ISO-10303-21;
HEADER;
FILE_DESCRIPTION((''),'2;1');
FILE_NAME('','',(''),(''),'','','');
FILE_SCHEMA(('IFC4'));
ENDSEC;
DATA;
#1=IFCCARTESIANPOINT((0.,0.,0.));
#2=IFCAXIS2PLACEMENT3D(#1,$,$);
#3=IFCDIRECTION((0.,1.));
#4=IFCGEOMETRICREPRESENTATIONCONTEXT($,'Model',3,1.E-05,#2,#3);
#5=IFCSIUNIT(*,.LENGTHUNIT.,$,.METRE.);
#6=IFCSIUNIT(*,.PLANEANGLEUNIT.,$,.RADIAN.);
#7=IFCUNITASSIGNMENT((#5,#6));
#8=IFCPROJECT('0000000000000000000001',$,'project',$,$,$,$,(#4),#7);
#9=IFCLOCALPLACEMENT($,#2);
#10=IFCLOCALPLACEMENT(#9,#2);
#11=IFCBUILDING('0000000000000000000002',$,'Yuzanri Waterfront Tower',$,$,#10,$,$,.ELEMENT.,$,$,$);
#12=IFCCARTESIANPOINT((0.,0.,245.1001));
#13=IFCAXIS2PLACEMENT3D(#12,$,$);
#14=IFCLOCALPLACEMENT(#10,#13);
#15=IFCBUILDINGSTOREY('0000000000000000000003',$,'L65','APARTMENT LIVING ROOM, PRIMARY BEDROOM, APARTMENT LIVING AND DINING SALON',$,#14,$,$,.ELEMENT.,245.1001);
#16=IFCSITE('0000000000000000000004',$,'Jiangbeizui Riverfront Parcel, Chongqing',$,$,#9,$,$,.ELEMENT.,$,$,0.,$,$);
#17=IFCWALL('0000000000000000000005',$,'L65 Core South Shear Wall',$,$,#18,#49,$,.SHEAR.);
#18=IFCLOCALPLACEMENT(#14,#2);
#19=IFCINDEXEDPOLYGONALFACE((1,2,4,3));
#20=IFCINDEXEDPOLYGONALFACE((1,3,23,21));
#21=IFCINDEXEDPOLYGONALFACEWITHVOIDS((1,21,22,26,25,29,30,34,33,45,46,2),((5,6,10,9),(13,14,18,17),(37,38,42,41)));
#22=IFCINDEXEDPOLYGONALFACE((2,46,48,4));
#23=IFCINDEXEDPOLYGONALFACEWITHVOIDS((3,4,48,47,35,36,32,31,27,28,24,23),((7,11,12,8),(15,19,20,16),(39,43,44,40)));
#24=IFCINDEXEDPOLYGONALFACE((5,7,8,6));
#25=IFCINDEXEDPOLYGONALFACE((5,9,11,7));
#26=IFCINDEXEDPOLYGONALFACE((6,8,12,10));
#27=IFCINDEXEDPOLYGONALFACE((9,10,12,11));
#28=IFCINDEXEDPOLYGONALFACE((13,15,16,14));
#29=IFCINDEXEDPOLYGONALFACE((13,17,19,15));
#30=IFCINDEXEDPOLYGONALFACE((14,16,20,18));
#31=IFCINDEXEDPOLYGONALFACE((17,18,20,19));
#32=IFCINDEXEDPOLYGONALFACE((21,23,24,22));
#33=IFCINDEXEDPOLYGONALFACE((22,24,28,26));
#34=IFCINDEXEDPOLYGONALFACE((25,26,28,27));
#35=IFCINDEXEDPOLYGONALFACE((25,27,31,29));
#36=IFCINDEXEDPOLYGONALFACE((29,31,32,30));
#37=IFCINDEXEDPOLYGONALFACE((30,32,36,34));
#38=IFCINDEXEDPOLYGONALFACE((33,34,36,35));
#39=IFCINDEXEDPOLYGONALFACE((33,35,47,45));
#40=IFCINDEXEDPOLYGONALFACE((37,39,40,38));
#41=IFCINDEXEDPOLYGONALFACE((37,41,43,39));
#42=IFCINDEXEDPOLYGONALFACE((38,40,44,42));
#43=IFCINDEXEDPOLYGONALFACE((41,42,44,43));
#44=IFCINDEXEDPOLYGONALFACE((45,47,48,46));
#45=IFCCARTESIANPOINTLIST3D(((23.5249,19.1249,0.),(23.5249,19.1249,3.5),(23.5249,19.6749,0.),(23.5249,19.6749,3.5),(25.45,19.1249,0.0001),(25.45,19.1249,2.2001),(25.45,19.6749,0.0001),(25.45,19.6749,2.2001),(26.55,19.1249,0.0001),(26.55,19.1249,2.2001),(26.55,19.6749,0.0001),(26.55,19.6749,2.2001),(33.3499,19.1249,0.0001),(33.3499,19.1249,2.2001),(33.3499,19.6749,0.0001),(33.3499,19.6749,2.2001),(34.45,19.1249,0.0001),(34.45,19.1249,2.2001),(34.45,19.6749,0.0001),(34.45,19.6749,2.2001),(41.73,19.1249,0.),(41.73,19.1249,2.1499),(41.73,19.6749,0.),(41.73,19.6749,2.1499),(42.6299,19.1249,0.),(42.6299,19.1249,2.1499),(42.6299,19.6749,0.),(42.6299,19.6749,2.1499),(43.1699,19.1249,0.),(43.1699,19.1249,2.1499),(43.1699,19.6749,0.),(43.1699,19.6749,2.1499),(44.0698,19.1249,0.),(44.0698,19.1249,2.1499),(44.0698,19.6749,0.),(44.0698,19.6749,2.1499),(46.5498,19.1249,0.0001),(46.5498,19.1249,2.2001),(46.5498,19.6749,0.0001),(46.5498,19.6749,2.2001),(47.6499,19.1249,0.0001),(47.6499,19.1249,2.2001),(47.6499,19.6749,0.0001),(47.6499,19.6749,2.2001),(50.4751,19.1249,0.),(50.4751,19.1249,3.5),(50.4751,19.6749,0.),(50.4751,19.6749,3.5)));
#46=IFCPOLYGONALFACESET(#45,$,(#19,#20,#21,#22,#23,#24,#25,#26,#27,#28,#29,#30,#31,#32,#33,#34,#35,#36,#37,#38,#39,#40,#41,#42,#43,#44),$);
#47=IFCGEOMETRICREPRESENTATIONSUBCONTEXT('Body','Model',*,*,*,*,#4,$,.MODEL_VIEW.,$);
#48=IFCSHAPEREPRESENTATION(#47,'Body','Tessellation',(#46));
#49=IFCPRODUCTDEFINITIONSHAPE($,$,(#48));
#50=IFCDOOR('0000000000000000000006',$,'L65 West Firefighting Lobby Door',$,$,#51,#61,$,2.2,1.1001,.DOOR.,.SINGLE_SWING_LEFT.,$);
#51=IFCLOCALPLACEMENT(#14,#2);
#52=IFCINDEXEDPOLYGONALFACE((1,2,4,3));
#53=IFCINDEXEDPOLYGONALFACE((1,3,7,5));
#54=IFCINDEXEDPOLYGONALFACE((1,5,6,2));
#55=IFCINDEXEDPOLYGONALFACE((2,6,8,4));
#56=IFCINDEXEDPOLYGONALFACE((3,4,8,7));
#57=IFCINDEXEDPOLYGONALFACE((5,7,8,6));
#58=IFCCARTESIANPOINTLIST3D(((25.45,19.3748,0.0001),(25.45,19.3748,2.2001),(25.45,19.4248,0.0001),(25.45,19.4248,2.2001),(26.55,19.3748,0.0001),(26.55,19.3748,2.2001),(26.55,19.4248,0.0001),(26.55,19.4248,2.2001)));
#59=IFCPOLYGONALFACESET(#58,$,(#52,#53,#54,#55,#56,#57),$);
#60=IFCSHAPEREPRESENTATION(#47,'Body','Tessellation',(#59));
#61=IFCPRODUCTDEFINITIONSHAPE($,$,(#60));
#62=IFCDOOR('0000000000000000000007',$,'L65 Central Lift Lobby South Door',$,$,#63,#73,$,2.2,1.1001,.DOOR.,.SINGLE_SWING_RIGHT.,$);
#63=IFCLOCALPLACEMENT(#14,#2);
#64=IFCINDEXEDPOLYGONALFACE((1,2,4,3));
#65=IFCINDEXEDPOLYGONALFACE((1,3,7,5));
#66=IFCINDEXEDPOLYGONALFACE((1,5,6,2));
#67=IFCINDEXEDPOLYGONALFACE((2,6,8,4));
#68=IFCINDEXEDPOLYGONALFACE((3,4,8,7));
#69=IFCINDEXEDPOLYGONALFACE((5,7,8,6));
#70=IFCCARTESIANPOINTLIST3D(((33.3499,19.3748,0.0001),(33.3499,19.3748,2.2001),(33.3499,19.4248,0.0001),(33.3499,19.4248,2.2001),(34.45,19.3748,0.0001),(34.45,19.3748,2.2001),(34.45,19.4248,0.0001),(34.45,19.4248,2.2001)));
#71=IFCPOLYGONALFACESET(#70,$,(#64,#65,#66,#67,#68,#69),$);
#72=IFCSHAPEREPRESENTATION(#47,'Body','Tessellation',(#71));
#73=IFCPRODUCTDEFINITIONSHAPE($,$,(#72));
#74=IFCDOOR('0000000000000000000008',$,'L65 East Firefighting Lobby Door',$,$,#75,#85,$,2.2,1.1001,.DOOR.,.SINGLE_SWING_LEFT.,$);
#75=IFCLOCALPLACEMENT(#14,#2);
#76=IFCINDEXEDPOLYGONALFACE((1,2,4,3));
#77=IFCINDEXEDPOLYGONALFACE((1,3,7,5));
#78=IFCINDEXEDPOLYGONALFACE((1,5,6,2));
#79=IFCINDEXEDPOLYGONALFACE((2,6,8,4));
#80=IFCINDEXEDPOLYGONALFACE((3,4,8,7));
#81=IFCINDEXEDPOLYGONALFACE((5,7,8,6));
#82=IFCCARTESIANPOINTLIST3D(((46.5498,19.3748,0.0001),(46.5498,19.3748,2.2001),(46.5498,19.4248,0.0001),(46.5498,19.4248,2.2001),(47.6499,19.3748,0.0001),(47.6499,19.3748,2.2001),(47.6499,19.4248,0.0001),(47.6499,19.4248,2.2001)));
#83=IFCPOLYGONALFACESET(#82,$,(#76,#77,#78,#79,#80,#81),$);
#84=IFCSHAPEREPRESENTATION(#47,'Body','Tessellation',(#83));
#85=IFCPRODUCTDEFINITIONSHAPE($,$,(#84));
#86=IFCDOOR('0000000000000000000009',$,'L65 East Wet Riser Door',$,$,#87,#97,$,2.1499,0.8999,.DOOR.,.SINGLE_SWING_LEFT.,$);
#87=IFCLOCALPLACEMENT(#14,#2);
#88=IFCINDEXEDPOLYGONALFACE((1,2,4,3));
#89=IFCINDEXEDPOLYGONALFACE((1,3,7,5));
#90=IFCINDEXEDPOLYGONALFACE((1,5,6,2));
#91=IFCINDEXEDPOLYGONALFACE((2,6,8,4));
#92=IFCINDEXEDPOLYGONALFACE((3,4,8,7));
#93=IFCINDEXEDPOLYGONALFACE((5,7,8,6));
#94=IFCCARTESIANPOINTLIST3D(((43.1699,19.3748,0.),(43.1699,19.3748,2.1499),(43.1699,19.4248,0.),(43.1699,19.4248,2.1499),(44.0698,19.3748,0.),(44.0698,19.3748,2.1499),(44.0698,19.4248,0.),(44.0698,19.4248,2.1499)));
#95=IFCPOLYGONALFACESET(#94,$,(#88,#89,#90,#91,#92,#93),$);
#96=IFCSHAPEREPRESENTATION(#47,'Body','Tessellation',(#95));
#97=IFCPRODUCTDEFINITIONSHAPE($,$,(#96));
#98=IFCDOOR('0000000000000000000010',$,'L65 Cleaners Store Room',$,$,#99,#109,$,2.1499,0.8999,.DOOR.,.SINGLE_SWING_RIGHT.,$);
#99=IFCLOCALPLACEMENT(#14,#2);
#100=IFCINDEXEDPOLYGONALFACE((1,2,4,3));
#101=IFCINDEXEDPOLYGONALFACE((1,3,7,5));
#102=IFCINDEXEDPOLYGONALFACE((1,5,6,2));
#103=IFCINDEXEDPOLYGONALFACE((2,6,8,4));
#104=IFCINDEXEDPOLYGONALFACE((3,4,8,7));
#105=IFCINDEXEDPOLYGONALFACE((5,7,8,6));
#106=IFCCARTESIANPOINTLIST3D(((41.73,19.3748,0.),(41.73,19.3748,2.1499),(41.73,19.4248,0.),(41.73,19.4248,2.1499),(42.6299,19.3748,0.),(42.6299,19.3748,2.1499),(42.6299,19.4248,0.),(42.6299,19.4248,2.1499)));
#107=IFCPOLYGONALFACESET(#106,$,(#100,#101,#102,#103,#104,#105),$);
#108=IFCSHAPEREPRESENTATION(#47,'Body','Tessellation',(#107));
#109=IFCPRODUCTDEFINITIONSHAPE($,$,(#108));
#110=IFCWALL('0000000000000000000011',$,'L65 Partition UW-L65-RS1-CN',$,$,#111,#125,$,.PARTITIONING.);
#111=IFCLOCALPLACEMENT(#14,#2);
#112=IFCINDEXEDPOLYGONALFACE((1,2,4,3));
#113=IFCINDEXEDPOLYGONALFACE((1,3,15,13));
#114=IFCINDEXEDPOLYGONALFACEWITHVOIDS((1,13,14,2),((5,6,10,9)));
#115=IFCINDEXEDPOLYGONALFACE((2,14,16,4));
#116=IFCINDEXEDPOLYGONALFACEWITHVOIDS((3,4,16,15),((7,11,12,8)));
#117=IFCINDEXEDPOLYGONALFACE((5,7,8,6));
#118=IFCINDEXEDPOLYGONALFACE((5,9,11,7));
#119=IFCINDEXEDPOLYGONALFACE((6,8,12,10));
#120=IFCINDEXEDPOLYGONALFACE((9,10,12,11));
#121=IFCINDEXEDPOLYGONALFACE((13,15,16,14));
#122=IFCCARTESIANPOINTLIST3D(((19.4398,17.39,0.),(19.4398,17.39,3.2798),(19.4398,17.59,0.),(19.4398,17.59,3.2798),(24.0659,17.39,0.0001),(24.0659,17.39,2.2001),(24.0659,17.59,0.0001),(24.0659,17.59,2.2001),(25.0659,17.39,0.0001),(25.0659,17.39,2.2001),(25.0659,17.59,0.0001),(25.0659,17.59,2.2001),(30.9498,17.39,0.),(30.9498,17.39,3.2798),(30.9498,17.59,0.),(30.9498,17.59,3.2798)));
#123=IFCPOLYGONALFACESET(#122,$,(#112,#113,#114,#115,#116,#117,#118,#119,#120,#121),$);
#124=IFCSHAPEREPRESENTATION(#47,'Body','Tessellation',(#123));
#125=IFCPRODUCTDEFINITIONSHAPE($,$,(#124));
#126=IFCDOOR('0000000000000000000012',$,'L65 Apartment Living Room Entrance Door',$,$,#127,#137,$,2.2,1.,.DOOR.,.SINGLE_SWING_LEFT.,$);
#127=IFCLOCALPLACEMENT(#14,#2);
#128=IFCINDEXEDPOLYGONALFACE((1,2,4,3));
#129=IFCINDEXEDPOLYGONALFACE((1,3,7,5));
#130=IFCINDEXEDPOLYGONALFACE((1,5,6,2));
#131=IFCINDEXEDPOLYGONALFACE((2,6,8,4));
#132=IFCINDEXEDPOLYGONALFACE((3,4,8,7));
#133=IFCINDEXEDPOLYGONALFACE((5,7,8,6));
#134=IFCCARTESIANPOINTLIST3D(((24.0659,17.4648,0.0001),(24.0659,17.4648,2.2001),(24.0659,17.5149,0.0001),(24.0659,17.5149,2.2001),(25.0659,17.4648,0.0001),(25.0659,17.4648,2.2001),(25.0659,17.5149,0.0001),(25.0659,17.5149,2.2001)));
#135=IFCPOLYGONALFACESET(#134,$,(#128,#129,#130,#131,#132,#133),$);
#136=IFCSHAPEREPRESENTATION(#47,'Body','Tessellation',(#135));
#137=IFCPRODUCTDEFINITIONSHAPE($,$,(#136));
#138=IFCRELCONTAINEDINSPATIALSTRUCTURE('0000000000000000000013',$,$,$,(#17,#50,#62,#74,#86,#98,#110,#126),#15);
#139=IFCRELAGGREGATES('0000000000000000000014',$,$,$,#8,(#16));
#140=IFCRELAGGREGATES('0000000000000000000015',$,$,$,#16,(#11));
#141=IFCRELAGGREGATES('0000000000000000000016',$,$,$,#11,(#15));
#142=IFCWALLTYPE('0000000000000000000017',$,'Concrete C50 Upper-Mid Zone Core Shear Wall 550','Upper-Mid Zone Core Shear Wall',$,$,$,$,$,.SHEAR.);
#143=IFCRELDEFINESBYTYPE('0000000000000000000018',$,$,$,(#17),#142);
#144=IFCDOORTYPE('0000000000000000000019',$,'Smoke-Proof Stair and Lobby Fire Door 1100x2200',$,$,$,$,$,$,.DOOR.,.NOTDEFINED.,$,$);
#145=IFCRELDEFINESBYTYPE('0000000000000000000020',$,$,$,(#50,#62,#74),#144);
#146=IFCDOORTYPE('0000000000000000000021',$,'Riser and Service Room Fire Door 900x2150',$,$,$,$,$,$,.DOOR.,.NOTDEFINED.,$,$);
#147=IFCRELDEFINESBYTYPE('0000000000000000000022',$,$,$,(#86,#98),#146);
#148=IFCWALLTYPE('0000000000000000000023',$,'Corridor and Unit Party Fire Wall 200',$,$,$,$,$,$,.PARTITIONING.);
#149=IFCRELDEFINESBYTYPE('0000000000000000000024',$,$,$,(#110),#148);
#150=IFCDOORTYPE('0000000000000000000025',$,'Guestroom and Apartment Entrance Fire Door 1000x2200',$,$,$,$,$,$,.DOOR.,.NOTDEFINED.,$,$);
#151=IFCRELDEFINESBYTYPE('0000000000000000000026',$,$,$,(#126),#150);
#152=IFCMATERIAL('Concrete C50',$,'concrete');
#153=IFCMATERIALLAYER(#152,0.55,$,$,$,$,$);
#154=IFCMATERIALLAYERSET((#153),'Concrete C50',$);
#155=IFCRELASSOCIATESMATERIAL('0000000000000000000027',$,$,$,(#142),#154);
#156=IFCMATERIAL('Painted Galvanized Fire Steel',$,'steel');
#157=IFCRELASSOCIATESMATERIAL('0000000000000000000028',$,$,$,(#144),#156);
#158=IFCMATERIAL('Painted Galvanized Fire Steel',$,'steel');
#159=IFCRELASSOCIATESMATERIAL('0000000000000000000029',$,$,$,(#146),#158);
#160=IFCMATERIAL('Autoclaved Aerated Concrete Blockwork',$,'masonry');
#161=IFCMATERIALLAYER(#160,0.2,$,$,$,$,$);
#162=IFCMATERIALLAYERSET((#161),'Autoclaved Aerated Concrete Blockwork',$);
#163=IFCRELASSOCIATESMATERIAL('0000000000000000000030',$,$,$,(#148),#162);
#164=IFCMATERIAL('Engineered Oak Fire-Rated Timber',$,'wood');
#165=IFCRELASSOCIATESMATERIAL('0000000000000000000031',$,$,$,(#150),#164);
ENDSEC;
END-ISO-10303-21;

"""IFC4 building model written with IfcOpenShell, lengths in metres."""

from ifc_helpers import new_model, si_unit, direction, frame, frame_2d, origin, place, context, subcontext, project, spatial, rectangle, extrude, source, transform, mapped, material, layer, layer_set, type_object, element, fill, save


model = new_model("IFC4")

# Units and contexts
model_context = context("Model", 3, precision=1e-05, world=origin(), true_north=direction((0.0, 1.0)))
body_context = subcontext(model_context, "Body", "Model", "MODEL_VIEW")
ifc_project = project(units=[si_unit("LENGTHUNIT", "METRE"), si_unit("PLANEANGLEUNIT", "RADIAN")], contexts=[model_context])

# Site, building, storey
site_placement = place(None, origin())
site = spatial("IfcSite", under=ifc_project, at=site_placement, Name="Jiangbeizui Riverfront Parcel, Chongqing", CompositionType="ELEMENT", RefElevation=0.0)
building_placement = place(site_placement, origin())
building = spatial("IfcBuilding", under=site, at=building_placement, Name="Yuzanri Waterfront Tower", CompositionType="ELEMENT")
storey_placement = place(building_placement, frame((0.0, 0.0, 245.1001)))
storey = spatial("IfcBuildingStorey", under=building, at=storey_placement, Name="L65", Description="APARTMENT LIVING ROOM, PRIMARY BEDROOM, APARTMENT LIVING AND DINING SALON", CompositionType="ELEMENT", Elevation=245.1001)

# Wall, openings, doors
ifc_material_1 = material(Name="Concrete C50", Category="concrete")
ifc_layer_1 = layer(ifc_material_1, 0.55)
ifc_layer_set_1 = layer_set([ifc_layer_1], Name="Concrete C50")
wall_type_1 = type_object("IfcWallType", Name="Concrete C50 Upper-Mid Zone Core Shear Wall 550", Description="Upper-Mid Zone Core Shear Wall", PredefinedType="SHEAR", material=ifc_layer_set_1)
wall_1_placement = place(storey_placement, frame((23.5249, 19.3999, 0.0), z_axis=(0.0, 0.0, 1.0), x_axis=(1.0, 0.0, 0.0)))
wall_1 = element("IfcWall", 1, at=wall_1_placement, inside=storey, type_object=wall_type_1, Name="L65 Core South Shear Wall", PredefinedType="SHEAR", context=body_context, shape_type="SweptSolid", body=[
    extrude(rectangle(XDim=26.9502, YDim=0.55, at=frame_2d((13.4751, 0.0))), origin(), (0.0, 0.0, 1.0), 3.5),
])
opening_1_placement = place(wall_1_placement, frame((1.925, 0.0, 0.0)))
opening_1 = element("IfcOpeningElement", 2, at=opening_1_placement, cuts=wall_1, PredefinedType="OPENING", context=body_context, shape_type="SweptSolid", body=[
    extrude(rectangle(XDim=1.1001, YDim=2.2, at=frame_2d((0.55, 1.1001))), frame((0.0, 0.29, 0.0), z_axis=(0.0, -1.0, 0.0), x_axis=(1.0, 0.0, 0.0)), (0.0, 0.0, 1.0), 0.5798),
])
opening_2_placement = place(wall_1_placement, frame((9.825, 0.0, 0.0)))
opening_2 = element("IfcOpeningElement", 3, at=opening_2_placement, cuts=wall_1, PredefinedType="OPENING", context=body_context, shape_type="SweptSolid", body=[
    extrude(rectangle(XDim=1.1001, YDim=2.2, at=frame_2d((0.55, 1.1001))), frame((0.0, 0.29, 0.0), z_axis=(0.0, -1.0, 0.0), x_axis=(1.0, 0.0, 0.0)), (0.0, 0.0, 1.0), 0.5798),
])
opening_3_placement = place(wall_1_placement, frame((23.0249, 0.0, 0.0)))
opening_3 = element("IfcOpeningElement", 4, at=opening_3_placement, cuts=wall_1, PredefinedType="OPENING", context=body_context, shape_type="SweptSolid", body=[
    extrude(rectangle(XDim=1.1001, YDim=2.2, at=frame_2d((0.55, 1.1001))), frame((0.0, 0.29, 0.0), z_axis=(0.0, -1.0, 0.0), x_axis=(1.0, 0.0, 0.0)), (0.0, 0.0, 1.0), 0.5798),
])
opening_4_placement = place(wall_1_placement, frame((19.645, 0.0, 0.0)))
opening_4 = element("IfcOpeningElement", 5, at=opening_4_placement, cuts=wall_1, PredefinedType="OPENING", context=body_context, shape_type="SweptSolid", body=[
    extrude(rectangle(XDim=0.8999, YDim=2.1499, at=frame_2d((0.45, 1.075))), frame((0.0, 0.29, 0.0), z_axis=(0.0, -1.0, 0.0), x_axis=(1.0, 0.0, 0.0)), (0.0, 0.0, 1.0), 0.5798),
])
opening_5_placement = place(wall_1_placement, frame((18.2051, 0.0, 0.0)))
opening_5 = element("IfcOpeningElement", 6, at=opening_5_placement, cuts=wall_1, PredefinedType="OPENING", context=body_context, shape_type="SweptSolid", body=[
    extrude(rectangle(XDim=0.8999, YDim=2.1499, at=frame_2d((0.45, 1.075))), frame((0.0, 0.29, 0.0), z_axis=(0.0, -1.0, 0.0), x_axis=(1.0, 0.0, 0.0)), (0.0, 0.0, 1.0), 0.5798),
])
ifc_material_2 = material(Name="Painted Galvanized Fire Steel", Category="steel")
door_type_1 = type_object("IfcDoorType", Name="Smoke-Proof Stair and Lobby Fire Door 1100x2200", OperationType="NOTDEFINED", PredefinedType="DOOR", material=ifc_material_2)
shared_shape_1 = source(origin(), body_context, "Body", "SweptSolid", [
    extrude(rectangle(XDim=1.1001, YDim=2.2, at=frame_2d((0.55, 1.1001))), frame((0.0, 0.0249, 0.0), z_axis=(0.0, -1.0, 0.0), x_axis=(1.0, 0.0, 0.0)), (0.0, 0.0, 1.0), 0.05),
])
door_1_placement = place(opening_1_placement, origin())
door_1 = element("IfcDoor", 7, at=door_1_placement, inside=storey, type_object=door_type_1, Name="L65 West Firefighting Lobby Door", OperationType="SINGLE_SWING_LEFT", OverallHeight=2.2, OverallWidth=1.1001, PredefinedType="DOOR", context=body_context, shape_type="MappedRepresentation", body=[
    mapped(shared_shape_1, transform((0.0, 0.0, 0.0), scale=1.0)),
])
fill(opening_1, door_1)
door_2_placement = place(opening_2_placement, origin())
door_2 = element("IfcDoor", 8, at=door_2_placement, inside=storey, type_object=door_type_1, Name="L65 Central Lift Lobby South Door", OperationType="SINGLE_SWING_RIGHT", OverallHeight=2.2, OverallWidth=1.1001, PredefinedType="DOOR", context=body_context, shape_type="MappedRepresentation", body=[
    mapped(shared_shape_1, transform((0.0, 0.0, 0.0), scale=1.0)),
])
fill(opening_2, door_2)
door_3_placement = place(opening_3_placement, origin())
door_3 = element("IfcDoor", 9, at=door_3_placement, inside=storey, type_object=door_type_1, Name="L65 East Firefighting Lobby Door", OperationType="SINGLE_SWING_LEFT", OverallHeight=2.2, OverallWidth=1.1001, PredefinedType="DOOR", context=body_context, shape_type="MappedRepresentation", body=[
    mapped(shared_shape_1, transform((0.0, 0.0, 0.0), scale=1.0)),
])
fill(opening_3, door_3)
ifc_material_3 = material(Name="Painted Galvanized Fire Steel", Category="steel")
door_type_2 = type_object("IfcDoorType", Name="Riser and Service Room Fire Door 900x2150", OperationType="NOTDEFINED", PredefinedType="DOOR", material=ifc_material_3)
shared_shape_2 = source(origin(), body_context, "Body", "SweptSolid", [
    extrude(rectangle(XDim=0.8999, YDim=2.1499, at=frame_2d((0.45, 1.075))), frame((0.0, 0.0249, 0.0), z_axis=(0.0, -1.0, 0.0), x_axis=(1.0, 0.0, 0.0)), (0.0, 0.0, 1.0), 0.05),
])
door_4_placement = place(opening_4_placement, origin())
door_4 = element("IfcDoor", 10, at=door_4_placement, inside=storey, type_object=door_type_2, Name="L65 East Wet Riser Door", OperationType="SINGLE_SWING_LEFT", OverallHeight=2.1499, OverallWidth=0.8999, PredefinedType="DOOR", context=body_context, shape_type="MappedRepresentation", body=[
    mapped(shared_shape_2, transform((0.0, 0.0, 0.0), scale=1.0)),
])
fill(opening_4, door_4)
door_5_placement = place(opening_5_placement, origin())
door_5 = element("IfcDoor", 11, at=door_5_placement, inside=storey, type_object=door_type_2, Name="L65 Cleaners Store Room", OperationType="SINGLE_SWING_RIGHT", OverallHeight=2.1499, OverallWidth=0.8999, PredefinedType="DOOR", context=body_context, shape_type="MappedRepresentation", body=[
    mapped(shared_shape_2, transform((0.0, 0.0, 0.0), scale=1.0)),
])
fill(opening_5, door_5)

# Wall, opening, door
ifc_material_4 = material(Name="Autoclaved Aerated Concrete Blockwork", Category="masonry")
ifc_layer_2 = layer(ifc_material_4, 0.2)
ifc_layer_set_2 = layer_set([ifc_layer_2], Name="Autoclaved Aerated Concrete Blockwork")
wall_type_2 = type_object("IfcWallType", Name="Corridor and Unit Party Fire Wall 200", PredefinedType="PARTITIONING", material=ifc_layer_set_2)
wall_2_placement = place(storey_placement, frame((19.4399, 17.49, 0.0), z_axis=(0.0, 0.0, 1.0), x_axis=(1.0, 0.0, 0.0)))
wall_2 = element("IfcWall", 12, at=wall_2_placement, inside=storey, type_object=wall_type_2, Name="L65 Partition UW-L65-RS1-CN", PredefinedType="PARTITIONING", context=body_context, shape_type="SweptSolid", body=[
    extrude(rectangle(XDim=11.51, YDim=0.2, at=frame_2d((5.7549, 0.0))), origin(), (0.0, 0.0, 1.0), 3.2798),
])
opening_6_placement = place(wall_2_placement, frame((4.626, 0.0, 0.0)))
opening_6 = element("IfcOpeningElement", 13, at=opening_6_placement, cuts=wall_2, PredefinedType="OPENING", context=body_context, shape_type="SweptSolid", body=[
    extrude(rectangle(XDim=1.0, YDim=2.2, at=frame_2d((0.5, 1.1001))), frame((0.0, 0.1147, 0.0), z_axis=(0.0, -1.0, 0.0), x_axis=(1.0, 0.0, 0.0)), (0.0, 0.0, 1.0), 0.2297),
])
ifc_material_5 = material(Name="Engineered Oak Fire-Rated Timber", Category="wood")
door_type_3 = type_object("IfcDoorType", Name="Guestroom and Apartment Entrance Fire Door 1000x2200", OperationType="NOTDEFINED", PredefinedType="DOOR", material=ifc_material_5)
shared_shape_3 = source(origin(), body_context, "Body", "SweptSolid", [
    extrude(rectangle(XDim=1.0, YDim=2.2, at=frame_2d((0.5, 1.1001))), frame((0.0, 0.0249, 0.0), z_axis=(0.0, -1.0, 0.0), x_axis=(1.0, 0.0, 0.0)), (0.0, 0.0, 1.0), 0.05),
])
door_6_placement = place(opening_6_placement, origin())
door_6 = element("IfcDoor", 14, at=door_6_placement, inside=storey, type_object=door_type_3, Name="L65 Apartment Living Room Entrance Door", OperationType="SINGLE_SWING_LEFT", OverallHeight=2.2, OverallWidth=1.0, PredefinedType="DOOR", context=body_context, shape_type="MappedRepresentation", body=[
    mapped(shared_shape_3, transform((0.0, 0.0, 0.0), scale=1.0)),
])
fill(opening_6, door_6)

save(model, "model.ifc")
